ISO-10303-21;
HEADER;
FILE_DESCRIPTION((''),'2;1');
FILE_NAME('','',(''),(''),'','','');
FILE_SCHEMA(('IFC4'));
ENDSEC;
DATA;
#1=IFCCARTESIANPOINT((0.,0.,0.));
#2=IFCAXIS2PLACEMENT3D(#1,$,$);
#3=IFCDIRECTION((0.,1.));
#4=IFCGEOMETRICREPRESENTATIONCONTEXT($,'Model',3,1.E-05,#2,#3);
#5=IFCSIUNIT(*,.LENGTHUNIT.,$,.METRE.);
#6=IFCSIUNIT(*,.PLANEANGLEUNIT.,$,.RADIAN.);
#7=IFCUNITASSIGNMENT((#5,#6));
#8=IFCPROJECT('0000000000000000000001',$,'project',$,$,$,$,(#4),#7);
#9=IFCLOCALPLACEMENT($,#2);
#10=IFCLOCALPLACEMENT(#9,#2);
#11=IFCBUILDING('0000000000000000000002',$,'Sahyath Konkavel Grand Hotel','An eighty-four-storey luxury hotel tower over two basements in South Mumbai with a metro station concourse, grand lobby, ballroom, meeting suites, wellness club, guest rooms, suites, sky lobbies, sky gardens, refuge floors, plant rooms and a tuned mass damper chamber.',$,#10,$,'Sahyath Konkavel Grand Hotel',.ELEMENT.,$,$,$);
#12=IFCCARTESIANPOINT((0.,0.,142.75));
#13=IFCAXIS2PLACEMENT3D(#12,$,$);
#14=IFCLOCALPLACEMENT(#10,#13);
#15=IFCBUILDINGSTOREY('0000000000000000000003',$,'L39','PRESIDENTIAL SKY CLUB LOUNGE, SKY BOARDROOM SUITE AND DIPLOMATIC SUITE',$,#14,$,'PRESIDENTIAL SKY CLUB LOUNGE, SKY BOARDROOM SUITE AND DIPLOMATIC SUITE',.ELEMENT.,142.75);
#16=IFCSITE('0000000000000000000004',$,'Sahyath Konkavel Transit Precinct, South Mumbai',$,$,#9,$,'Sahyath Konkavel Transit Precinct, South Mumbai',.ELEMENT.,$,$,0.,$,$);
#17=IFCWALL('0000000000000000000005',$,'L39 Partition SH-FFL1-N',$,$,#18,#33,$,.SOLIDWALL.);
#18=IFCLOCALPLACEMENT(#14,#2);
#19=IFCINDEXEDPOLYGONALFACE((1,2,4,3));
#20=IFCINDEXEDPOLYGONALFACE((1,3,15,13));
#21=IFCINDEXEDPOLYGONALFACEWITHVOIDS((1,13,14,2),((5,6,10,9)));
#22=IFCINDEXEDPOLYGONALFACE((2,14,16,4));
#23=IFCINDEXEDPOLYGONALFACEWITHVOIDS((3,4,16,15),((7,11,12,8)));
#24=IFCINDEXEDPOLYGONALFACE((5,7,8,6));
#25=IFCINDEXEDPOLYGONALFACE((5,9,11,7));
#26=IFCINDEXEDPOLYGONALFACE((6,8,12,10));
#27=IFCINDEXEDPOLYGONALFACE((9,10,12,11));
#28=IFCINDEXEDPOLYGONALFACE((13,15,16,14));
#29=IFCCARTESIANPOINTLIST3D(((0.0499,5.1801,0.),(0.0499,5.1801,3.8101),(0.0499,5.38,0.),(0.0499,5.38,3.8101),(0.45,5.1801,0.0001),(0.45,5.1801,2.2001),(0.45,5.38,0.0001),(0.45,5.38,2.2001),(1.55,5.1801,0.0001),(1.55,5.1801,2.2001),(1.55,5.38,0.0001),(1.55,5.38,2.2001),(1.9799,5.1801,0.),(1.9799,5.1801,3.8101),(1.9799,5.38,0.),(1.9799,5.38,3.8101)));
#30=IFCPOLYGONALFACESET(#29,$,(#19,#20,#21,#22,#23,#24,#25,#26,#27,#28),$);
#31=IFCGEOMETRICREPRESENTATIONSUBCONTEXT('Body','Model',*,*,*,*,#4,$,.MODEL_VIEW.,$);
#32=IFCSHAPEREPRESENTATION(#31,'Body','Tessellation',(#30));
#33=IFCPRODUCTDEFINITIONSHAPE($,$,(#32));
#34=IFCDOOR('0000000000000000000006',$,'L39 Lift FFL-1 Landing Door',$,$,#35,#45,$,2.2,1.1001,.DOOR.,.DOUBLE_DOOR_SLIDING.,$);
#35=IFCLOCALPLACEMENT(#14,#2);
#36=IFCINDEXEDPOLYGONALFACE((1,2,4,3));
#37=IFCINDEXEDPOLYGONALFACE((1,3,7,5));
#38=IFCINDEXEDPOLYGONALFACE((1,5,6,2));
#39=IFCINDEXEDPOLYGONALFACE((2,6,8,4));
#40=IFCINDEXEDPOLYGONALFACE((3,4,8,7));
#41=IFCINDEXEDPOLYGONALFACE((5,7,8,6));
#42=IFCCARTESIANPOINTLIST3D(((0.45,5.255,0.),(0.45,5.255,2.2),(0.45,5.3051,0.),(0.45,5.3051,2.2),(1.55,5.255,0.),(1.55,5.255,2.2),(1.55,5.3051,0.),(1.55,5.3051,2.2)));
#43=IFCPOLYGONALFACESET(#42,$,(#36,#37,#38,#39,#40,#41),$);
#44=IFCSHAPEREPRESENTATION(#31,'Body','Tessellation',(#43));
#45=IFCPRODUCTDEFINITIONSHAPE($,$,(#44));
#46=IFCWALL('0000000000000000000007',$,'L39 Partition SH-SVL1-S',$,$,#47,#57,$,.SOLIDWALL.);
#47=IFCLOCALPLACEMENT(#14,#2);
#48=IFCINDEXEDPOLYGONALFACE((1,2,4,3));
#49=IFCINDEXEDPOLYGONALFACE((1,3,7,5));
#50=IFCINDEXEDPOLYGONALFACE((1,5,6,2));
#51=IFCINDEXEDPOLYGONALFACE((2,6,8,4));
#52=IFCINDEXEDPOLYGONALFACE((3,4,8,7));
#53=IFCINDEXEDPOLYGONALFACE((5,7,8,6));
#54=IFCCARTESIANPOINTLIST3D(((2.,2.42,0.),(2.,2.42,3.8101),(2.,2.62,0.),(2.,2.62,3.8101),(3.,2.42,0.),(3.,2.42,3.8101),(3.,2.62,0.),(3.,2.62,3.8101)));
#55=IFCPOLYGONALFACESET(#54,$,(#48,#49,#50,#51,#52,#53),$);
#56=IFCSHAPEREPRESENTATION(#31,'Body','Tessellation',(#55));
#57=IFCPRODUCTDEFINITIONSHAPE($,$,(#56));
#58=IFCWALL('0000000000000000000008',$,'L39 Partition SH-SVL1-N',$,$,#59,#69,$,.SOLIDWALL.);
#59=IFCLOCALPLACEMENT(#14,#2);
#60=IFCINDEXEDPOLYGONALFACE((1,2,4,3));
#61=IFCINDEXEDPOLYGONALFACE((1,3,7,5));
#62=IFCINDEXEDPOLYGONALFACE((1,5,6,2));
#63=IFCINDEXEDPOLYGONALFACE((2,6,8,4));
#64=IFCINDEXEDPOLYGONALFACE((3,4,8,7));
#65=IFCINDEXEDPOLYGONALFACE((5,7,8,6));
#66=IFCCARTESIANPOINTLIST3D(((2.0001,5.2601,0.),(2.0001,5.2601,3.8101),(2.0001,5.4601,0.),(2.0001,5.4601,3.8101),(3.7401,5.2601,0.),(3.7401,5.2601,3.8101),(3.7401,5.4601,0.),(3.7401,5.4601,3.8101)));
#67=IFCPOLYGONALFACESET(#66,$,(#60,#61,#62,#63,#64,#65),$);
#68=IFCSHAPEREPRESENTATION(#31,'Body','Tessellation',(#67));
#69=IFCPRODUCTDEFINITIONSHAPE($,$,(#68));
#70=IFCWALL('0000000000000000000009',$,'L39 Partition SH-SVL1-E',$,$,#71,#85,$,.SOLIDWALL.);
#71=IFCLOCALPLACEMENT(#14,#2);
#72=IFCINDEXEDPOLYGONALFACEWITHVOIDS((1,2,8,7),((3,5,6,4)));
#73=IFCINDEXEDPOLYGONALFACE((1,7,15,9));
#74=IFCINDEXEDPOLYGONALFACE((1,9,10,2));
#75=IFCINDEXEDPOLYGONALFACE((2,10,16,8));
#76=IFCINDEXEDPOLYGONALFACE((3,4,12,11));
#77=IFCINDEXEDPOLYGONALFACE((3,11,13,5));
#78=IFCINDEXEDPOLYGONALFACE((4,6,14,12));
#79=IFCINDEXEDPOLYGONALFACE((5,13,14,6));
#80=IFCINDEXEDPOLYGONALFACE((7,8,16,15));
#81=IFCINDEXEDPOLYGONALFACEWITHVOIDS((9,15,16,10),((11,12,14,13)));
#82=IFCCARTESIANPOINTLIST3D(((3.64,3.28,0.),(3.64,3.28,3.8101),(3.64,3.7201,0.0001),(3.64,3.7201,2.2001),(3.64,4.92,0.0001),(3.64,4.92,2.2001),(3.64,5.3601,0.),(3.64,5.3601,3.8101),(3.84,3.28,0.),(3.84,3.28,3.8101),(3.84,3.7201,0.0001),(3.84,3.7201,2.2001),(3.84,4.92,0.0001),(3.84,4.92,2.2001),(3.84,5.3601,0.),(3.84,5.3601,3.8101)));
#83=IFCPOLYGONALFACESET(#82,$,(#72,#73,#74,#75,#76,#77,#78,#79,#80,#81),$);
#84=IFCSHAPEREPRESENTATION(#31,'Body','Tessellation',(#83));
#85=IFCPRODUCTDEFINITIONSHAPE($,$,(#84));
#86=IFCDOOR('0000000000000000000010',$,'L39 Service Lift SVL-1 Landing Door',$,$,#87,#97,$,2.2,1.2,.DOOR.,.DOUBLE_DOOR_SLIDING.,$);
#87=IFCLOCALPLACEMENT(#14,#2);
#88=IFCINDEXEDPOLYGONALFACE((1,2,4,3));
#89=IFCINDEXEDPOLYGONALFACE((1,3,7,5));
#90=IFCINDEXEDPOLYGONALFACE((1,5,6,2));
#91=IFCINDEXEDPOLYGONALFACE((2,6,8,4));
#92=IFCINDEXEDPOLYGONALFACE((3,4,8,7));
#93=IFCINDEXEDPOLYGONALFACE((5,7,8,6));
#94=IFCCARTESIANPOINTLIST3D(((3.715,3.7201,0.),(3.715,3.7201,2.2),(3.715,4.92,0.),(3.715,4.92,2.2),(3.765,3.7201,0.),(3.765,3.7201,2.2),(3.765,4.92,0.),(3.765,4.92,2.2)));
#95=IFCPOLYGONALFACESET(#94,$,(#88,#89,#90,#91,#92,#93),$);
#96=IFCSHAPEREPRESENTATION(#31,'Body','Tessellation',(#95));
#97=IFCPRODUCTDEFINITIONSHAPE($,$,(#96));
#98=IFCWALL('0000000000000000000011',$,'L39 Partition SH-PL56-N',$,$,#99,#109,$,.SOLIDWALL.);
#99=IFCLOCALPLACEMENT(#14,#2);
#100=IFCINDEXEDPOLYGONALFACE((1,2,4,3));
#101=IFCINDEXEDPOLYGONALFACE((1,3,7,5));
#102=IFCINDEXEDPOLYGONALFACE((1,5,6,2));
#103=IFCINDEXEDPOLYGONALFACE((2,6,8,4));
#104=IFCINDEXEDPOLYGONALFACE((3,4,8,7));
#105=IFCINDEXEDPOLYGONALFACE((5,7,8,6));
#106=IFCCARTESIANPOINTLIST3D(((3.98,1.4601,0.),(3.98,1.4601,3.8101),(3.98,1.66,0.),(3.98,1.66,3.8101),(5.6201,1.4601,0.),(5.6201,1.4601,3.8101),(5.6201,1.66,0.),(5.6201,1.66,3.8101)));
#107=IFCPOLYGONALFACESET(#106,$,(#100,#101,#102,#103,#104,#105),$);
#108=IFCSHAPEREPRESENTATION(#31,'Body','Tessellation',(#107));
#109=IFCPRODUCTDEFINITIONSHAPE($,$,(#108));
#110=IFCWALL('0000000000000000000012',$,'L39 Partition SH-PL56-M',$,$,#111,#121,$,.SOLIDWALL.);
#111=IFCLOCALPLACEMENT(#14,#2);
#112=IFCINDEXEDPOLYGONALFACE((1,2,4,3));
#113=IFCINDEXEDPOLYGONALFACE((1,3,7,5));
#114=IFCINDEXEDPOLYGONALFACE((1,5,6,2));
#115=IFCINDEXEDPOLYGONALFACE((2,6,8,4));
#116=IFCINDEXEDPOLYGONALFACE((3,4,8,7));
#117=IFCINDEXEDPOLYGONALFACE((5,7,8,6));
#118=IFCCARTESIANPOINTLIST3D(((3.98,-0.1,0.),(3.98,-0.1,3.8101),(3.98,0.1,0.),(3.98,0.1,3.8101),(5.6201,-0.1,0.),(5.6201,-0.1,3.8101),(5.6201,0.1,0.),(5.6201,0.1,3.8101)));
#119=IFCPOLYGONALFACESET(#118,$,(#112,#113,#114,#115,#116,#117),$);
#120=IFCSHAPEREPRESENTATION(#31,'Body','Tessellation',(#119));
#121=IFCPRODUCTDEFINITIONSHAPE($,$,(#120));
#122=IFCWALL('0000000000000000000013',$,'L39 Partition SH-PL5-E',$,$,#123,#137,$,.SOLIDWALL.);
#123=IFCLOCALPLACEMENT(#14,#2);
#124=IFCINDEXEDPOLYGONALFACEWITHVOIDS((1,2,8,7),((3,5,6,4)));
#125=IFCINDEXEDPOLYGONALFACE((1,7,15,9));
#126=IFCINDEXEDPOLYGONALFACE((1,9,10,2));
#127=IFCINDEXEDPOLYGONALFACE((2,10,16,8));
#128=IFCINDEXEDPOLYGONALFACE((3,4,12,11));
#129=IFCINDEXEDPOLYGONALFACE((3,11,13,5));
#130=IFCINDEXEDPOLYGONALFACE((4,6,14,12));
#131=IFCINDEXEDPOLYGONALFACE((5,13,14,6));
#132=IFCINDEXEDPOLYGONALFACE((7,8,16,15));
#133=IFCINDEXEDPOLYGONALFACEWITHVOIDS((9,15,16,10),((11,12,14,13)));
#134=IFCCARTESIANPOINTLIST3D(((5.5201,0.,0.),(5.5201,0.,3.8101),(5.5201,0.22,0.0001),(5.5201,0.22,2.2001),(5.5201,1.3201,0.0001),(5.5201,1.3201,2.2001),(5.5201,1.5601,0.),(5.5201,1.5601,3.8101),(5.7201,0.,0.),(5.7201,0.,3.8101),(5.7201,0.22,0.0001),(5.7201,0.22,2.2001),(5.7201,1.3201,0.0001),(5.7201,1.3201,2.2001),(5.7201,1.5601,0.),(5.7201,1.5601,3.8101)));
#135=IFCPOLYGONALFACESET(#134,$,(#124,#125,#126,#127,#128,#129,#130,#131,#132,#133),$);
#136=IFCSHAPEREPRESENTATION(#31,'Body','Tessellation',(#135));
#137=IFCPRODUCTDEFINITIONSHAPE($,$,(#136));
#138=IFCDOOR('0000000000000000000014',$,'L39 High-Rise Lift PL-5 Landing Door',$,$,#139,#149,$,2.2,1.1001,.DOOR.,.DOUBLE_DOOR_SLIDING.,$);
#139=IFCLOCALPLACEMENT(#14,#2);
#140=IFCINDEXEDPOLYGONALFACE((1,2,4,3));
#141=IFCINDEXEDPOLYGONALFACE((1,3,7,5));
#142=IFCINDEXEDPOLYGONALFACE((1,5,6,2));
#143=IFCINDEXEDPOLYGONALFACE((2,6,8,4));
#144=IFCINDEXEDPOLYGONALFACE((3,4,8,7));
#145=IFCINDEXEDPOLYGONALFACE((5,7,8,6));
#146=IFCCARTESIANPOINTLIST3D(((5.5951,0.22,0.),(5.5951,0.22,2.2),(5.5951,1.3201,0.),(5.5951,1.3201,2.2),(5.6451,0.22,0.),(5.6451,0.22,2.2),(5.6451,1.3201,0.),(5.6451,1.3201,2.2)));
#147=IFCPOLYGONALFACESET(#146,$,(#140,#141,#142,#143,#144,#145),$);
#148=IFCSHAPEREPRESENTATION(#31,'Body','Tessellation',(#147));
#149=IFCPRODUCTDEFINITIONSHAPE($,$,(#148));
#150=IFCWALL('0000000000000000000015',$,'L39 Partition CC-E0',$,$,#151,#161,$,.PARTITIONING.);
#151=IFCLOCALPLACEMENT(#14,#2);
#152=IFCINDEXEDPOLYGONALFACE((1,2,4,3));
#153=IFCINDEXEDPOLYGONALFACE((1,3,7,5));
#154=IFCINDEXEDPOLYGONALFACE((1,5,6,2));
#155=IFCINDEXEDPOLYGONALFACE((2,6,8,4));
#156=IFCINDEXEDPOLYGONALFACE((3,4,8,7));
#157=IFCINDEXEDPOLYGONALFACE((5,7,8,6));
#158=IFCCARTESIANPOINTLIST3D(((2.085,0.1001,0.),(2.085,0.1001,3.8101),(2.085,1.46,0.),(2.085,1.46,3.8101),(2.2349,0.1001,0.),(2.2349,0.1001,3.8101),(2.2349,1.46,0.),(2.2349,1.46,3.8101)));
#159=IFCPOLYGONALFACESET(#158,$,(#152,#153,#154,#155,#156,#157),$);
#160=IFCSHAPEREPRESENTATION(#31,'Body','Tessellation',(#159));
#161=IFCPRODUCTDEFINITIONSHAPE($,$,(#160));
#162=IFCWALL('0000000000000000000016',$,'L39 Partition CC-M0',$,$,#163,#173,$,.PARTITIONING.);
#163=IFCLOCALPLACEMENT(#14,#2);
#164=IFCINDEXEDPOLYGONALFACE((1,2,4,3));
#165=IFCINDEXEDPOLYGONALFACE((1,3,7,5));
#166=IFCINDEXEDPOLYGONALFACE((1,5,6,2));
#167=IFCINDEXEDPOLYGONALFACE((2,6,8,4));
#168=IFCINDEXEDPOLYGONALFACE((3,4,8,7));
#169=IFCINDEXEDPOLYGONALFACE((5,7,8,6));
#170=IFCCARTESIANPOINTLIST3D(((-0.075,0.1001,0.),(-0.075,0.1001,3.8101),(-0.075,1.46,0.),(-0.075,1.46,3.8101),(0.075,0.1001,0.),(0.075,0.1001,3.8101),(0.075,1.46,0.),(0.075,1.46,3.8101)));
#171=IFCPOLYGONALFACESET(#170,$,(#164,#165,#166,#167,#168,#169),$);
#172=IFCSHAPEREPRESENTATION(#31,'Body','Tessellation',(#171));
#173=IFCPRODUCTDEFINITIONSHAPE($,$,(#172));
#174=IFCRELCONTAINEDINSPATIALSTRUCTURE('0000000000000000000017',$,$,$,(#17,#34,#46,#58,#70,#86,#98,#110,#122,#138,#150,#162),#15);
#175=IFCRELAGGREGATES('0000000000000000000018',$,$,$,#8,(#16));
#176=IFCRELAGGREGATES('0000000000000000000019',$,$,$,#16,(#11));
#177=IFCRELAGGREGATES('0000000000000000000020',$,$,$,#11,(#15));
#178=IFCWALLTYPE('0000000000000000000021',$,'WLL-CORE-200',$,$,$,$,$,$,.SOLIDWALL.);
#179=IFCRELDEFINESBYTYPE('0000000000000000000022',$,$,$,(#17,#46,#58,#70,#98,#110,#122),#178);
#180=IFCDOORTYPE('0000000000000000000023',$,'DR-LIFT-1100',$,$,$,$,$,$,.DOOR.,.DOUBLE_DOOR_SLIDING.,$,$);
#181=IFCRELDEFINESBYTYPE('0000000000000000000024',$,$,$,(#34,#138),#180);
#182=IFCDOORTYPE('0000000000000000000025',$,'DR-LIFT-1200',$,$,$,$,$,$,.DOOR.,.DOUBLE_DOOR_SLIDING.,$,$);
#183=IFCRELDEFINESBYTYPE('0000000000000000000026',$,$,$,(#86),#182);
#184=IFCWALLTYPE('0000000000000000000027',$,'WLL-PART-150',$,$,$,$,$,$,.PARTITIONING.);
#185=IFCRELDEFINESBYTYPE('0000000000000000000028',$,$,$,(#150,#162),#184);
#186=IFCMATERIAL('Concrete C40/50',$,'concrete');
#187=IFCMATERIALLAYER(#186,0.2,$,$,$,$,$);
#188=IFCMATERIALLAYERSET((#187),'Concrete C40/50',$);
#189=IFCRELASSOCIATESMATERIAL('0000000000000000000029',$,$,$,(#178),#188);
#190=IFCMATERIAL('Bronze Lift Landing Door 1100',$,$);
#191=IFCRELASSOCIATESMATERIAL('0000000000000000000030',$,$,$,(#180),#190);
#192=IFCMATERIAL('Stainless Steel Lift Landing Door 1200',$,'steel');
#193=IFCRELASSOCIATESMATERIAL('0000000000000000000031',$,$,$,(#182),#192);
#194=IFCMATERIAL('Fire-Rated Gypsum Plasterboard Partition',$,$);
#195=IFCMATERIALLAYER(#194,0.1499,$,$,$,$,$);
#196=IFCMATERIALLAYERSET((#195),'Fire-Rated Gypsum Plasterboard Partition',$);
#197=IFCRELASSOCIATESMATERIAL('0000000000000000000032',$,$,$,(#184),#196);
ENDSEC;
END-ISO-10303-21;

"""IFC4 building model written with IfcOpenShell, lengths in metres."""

from ifc_helpers import new_model, si_unit, direction, frame, frame_2d, origin, origin_2d, place, context, subcontext, project, spatial, rectangle, extrude, source, transform, mapped, material, layer, layer_set, type_object, element, fill, save


model = new_model("IFC4")

# Units and contexts
model_context = context("Model", 3, precision=1e-05, world=origin(), true_north=direction((0.0, 1.0)))
body_context = subcontext(model_context, "Body", "Model", "MODEL_VIEW")
ifc_project = project(units=[si_unit("LENGTHUNIT", "METRE"), si_unit("PLANEANGLEUNIT", "RADIAN")], contexts=[model_context])

# Site, building, storey
site_placement = place(None, origin())
site = spatial("IfcSite", under=ifc_project, at=site_placement, Name="Sahyath Konkavel Transit Precinct, South Mumbai", LongName="Sahyath Konkavel Transit Precinct, South Mumbai", CompositionType="ELEMENT", RefElevation=0.0)
building_placement = place(site_placement, origin())
building = spatial("IfcBuilding", under=site, at=building_placement, Name="Sahyath Konkavel Grand Hotel", Description="An eighty-four-storey luxury hotel tower over two basements in South Mumbai with a metro station concourse, grand lobby, ballroom, meeting suites, wellness club, guest rooms, suites, sky lobbies, sky gardens, refuge floors, plant rooms and a tuned mass damper chamber.", LongName="Sahyath Konkavel Grand Hotel", CompositionType="ELEMENT")
storey_placement = place(building_placement, frame((0.0, 0.0, 142.75)))
storey = spatial("IfcBuildingStorey", under=building, at=storey_placement, Name="L39", Description="PRESIDENTIAL SKY CLUB LOUNGE, SKY BOARDROOM SUITE AND DIPLOMATIC SUITE", LongName="PRESIDENTIAL SKY CLUB LOUNGE, SKY BOARDROOM SUITE AND DIPLOMATIC SUITE", CompositionType="ELEMENT", Elevation=142.75)

# Shared definitions
ifc_material_1 = material(Name="Concrete C40/50", Category="concrete")

# Shared definitions
ifc_layer_1 = layer(ifc_material_1, 0.2)
ifc_layer_set_1 = layer_set([ifc_layer_1], Name="Concrete C40/50")
wall_type_1 = type_object("IfcWallType", Name="WLL-CORE-200", PredefinedType="SOLIDWALL", material=ifc_layer_set_1)

# Wall, opening, door
wall_1_placement = place(storey_placement, frame((0.05, 5.28, 0.0), z_axis=(0.0, 0.0, 1.0), x_axis=(1.0, 0.0, 0.0)))
wall_1 = element("IfcWall", 1, at=wall_1_placement, inside=storey, type_object=wall_type_1, Name="L39 Partition SH-FFL1-N", PredefinedType="SOLIDWALL", context=body_context, shape_type="SweptSolid", body=[
    extrude(rectangle(XDim=1.9299, YDim=0.2, at=frame_2d((0.9648, 0.0))), origin(), (0.0, 0.0, 1.0), 3.8101),
])
opening_1_placement = place(wall_1_placement, frame((0.3999, 0.0, 0.0)))
opening_1 = element("IfcOpeningElement", 2, at=opening_1_placement, cuts=wall_1, PredefinedType="OPENING", context=body_context, shape_type="SweptSolid", body=[
    extrude(rectangle(XDim=1.1001, YDim=2.2, at=frame_2d((0.55, 1.1001))), frame((0.0, 0.1099, 0.0), z_axis=(0.0, -1.0, 0.0), x_axis=(1.0, 0.0, 0.0)), (0.0, 0.0, 1.0), 0.22),
])
ifc_material_2 = material(Name="Bronze Lift Landing Door 1100")
door_type_1 = type_object("IfcDoorType", Name="DR-LIFT-1100", OperationType="DOUBLE_DOOR_SLIDING", PredefinedType="DOOR", material=ifc_material_2)
shared_shape_1 = source(origin(), body_context, "Body", "SweptSolid", [
    extrude(rectangle(XDim=1.1001, YDim=0.05, at=origin_2d()), origin(), (0.0, 0.0, 1.0), 2.2),
])
door_1_placement = place(opening_1_placement, frame((0.55, 0.0, 0.0)))
door_1 = element("IfcDoor", 3, at=door_1_placement, inside=storey, type_object=door_type_1, Name="L39 Lift FFL-1 Landing Door", OperationType="DOUBLE_DOOR_SLIDING", OverallHeight=2.2, OverallWidth=1.1001, PredefinedType="DOOR", context=body_context, shape_type="MappedRepresentation", body=[
    mapped(shared_shape_1, transform((0.0, 0.0, 0.0), scale=1.0)),
])
fill(opening_1, door_1)

# Walls
wall_2_placement = place(storey_placement, frame((2.0, 2.52, 0.0), z_axis=(0.0, 0.0, 1.0), x_axis=(1.0, 0.0, 0.0)))
element("IfcWall", 4, at=wall_2_placement, inside=storey, type_object=wall_type_1, Name="L39 Partition SH-SVL1-S", PredefinedType="SOLIDWALL", context=body_context, shape_type="SweptSolid", body=[
    extrude(rectangle(XDim=1.0, YDim=0.2, at=frame_2d((0.5, 0.0))), origin(), (0.0, 0.0, 1.0), 3.8101),
])
wall_3_placement = place(storey_placement, frame((2.0, 5.3601, 0.0), z_axis=(0.0, 0.0, 1.0), x_axis=(1.0, 0.0, 0.0)))
element("IfcWall", 5, at=wall_3_placement, inside=storey, type_object=wall_type_1, Name="L39 Partition SH-SVL1-N", PredefinedType="SOLIDWALL", context=body_context, shape_type="SweptSolid", body=[
    extrude(rectangle(XDim=1.74, YDim=0.2, at=frame_2d((0.8701, 0.0))), origin(), (0.0, 0.0, 1.0), 3.8101),
])

# Wall, opening, door
wall_4_placement = place(storey_placement, frame((3.74, 3.28, 0.0), z_axis=(0.0, 0.0, 1.0), x_axis=(0.0, 1.0, 0.0)))
wall_4 = element("IfcWall", 6, at=wall_4_placement, inside=storey, type_object=wall_type_1, Name="L39 Partition SH-SVL1-E", PredefinedType="SOLIDWALL", context=body_context, shape_type="SweptSolid", body=[
    extrude(rectangle(XDim=2.0801, YDim=0.2, at=frame_2d((1.04, 0.0))), origin(), (0.0, 0.0, 1.0), 3.8101),
])
opening_2_placement = place(wall_4_placement, frame((0.4399, 0.0, 0.0)))
opening_2 = element("IfcOpeningElement", 7, at=opening_2_placement, cuts=wall_4, PredefinedType="OPENING", context=body_context, shape_type="SweptSolid", body=[
    extrude(rectangle(XDim=1.2, YDim=2.2, at=frame_2d((0.6001, 1.1001))), frame((0.0, 0.1099, 0.0), z_axis=(0.0, -1.0, 0.0), x_axis=(1.0, 0.0, 0.0)), (0.0, 0.0, 1.0), 0.22),
])
ifc_material_3 = material(Name="Stainless Steel Lift Landing Door 1200", Category="steel")
door_type_2 = type_object("IfcDoorType", Name="DR-LIFT-1200", OperationType="DOUBLE_DOOR_SLIDING", PredefinedType="DOOR", material=ifc_material_3)
shared_shape_2 = source(origin(), body_context, "Body", "SweptSolid", [
    extrude(rectangle(XDim=1.2, YDim=0.05, at=origin_2d()), origin(), (0.0, 0.0, 1.0), 2.2),
])
door_2_placement = place(opening_2_placement, frame((0.6001, 0.0, 0.0)))
door_2 = element("IfcDoor", 8, at=door_2_placement, inside=storey, type_object=door_type_2, Name="L39 Service Lift SVL-1 Landing Door", OperationType="DOUBLE_DOOR_SLIDING", OverallHeight=2.2, OverallWidth=1.2, PredefinedType="DOOR", context=body_context, shape_type="MappedRepresentation", body=[
    mapped(shared_shape_2, transform((0.0, 0.0, 0.0), scale=1.0)),
])
fill(opening_2, door_2)

# Walls
for number, where, z_axis, x_axis, name in (
    (9, (3.98, 1.5601, 0.0), (0.0, 0.0, 1.0), (1.0, 0.0, 0.0), "L39 Partition SH-PL56-N"),
    (10, (3.98, 0.0, 0.0), (0.0, 0.0, 1.0), (1.0, 0.0, 0.0), "L39 Partition SH-PL56-M"),
):
    element("IfcWall", number, at=place(storey_placement, frame(where, z_axis=z_axis, x_axis=x_axis)), inside=storey, type_object=wall_type_1, Name=name, PredefinedType="SOLIDWALL", context=body_context, shape_type="SweptSolid", body=[
        extrude(rectangle(XDim=1.6401, YDim=0.2, at=frame_2d((0.8201, 0.0))), origin(), (0.0, 0.0, 1.0), 3.8101),
    ])

# Wall, opening, door
wall_5_placement = place(storey_placement, frame((5.6201, 0.0, 0.0), z_axis=(0.0, 0.0, 1.0), x_axis=(0.0, 1.0, 0.0)))
wall_5 = element("IfcWall", 11, at=wall_5_placement, inside=storey, type_object=wall_type_1, Name="L39 Partition SH-PL5-E", PredefinedType="SOLIDWALL", context=body_context, shape_type="SweptSolid", body=[
    extrude(rectangle(XDim=1.5601, YDim=0.2, at=frame_2d((0.78, 0.0))), origin(), (0.0, 0.0, 1.0), 3.8101),
])
opening_3_placement = place(wall_5_placement, frame((0.22, 0.0, 0.0)))
opening_3 = element("IfcOpeningElement", 12, at=opening_3_placement, cuts=wall_5, PredefinedType="OPENING", context=body_context, shape_type="SweptSolid", body=[
    extrude(rectangle(XDim=1.1001, YDim=2.2, at=frame_2d((0.55, 1.1001))), frame((0.0, 0.1099, 0.0), z_axis=(0.0, -1.0, 0.0), x_axis=(1.0, 0.0, 0.0)), (0.0, 0.0, 1.0), 0.22),
])
door_3_placement = place(opening_3_placement, frame((0.55, 0.0, 0.0)))
door_3 = element("IfcDoor", 13, at=door_3_placement, inside=storey, type_object=door_type_1, Name="L39 High-Rise Lift PL-5 Landing Door", OperationType="DOUBLE_DOOR_SLIDING", OverallHeight=2.2, OverallWidth=1.1001, PredefinedType="DOOR", context=body_context, shape_type="MappedRepresentation", body=[
    mapped(shared_shape_1, transform((0.0, 0.0, 0.0), scale=1.0)),
])
fill(opening_3, door_3)

# Walls
ifc_material_4 = material(Name="Fire-Rated Gypsum Plasterboard Partition")
ifc_layer_2 = layer(ifc_material_4, 0.1499)
ifc_layer_set_2 = layer_set([ifc_layer_2], Name="Fire-Rated Gypsum Plasterboard Partition")
wall_type_2 = type_object("IfcWallType", Name="WLL-PART-150", PredefinedType="PARTITIONING", material=ifc_layer_set_2)
for number, where, z_axis, x_axis, name in (
    (14, (2.1599, 0.1001, 0.0), (0.0, 0.0, 1.0), (0.0, 1.0, 0.0), "L39 Partition CC-E0"),
    (15, (0.0, 0.1001, 0.0), (0.0, 0.0, 1.0), (0.0, 1.0, 0.0), "L39 Partition CC-M0"),
):
    element("IfcWall", number, at=place(storey_placement, frame(where, z_axis=z_axis, x_axis=x_axis)), inside=storey, type_object=wall_type_2, Name=name, PredefinedType="PARTITIONING", context=body_context, shape_type="SweptSolid", body=[
        extrude(rectangle(XDim=1.3599, YDim=0.1499, at=frame_2d((0.6799, 0.0))), origin(), (0.0, 0.0, 1.0), 3.8101),
    ])

save(model, "model.ifc")
